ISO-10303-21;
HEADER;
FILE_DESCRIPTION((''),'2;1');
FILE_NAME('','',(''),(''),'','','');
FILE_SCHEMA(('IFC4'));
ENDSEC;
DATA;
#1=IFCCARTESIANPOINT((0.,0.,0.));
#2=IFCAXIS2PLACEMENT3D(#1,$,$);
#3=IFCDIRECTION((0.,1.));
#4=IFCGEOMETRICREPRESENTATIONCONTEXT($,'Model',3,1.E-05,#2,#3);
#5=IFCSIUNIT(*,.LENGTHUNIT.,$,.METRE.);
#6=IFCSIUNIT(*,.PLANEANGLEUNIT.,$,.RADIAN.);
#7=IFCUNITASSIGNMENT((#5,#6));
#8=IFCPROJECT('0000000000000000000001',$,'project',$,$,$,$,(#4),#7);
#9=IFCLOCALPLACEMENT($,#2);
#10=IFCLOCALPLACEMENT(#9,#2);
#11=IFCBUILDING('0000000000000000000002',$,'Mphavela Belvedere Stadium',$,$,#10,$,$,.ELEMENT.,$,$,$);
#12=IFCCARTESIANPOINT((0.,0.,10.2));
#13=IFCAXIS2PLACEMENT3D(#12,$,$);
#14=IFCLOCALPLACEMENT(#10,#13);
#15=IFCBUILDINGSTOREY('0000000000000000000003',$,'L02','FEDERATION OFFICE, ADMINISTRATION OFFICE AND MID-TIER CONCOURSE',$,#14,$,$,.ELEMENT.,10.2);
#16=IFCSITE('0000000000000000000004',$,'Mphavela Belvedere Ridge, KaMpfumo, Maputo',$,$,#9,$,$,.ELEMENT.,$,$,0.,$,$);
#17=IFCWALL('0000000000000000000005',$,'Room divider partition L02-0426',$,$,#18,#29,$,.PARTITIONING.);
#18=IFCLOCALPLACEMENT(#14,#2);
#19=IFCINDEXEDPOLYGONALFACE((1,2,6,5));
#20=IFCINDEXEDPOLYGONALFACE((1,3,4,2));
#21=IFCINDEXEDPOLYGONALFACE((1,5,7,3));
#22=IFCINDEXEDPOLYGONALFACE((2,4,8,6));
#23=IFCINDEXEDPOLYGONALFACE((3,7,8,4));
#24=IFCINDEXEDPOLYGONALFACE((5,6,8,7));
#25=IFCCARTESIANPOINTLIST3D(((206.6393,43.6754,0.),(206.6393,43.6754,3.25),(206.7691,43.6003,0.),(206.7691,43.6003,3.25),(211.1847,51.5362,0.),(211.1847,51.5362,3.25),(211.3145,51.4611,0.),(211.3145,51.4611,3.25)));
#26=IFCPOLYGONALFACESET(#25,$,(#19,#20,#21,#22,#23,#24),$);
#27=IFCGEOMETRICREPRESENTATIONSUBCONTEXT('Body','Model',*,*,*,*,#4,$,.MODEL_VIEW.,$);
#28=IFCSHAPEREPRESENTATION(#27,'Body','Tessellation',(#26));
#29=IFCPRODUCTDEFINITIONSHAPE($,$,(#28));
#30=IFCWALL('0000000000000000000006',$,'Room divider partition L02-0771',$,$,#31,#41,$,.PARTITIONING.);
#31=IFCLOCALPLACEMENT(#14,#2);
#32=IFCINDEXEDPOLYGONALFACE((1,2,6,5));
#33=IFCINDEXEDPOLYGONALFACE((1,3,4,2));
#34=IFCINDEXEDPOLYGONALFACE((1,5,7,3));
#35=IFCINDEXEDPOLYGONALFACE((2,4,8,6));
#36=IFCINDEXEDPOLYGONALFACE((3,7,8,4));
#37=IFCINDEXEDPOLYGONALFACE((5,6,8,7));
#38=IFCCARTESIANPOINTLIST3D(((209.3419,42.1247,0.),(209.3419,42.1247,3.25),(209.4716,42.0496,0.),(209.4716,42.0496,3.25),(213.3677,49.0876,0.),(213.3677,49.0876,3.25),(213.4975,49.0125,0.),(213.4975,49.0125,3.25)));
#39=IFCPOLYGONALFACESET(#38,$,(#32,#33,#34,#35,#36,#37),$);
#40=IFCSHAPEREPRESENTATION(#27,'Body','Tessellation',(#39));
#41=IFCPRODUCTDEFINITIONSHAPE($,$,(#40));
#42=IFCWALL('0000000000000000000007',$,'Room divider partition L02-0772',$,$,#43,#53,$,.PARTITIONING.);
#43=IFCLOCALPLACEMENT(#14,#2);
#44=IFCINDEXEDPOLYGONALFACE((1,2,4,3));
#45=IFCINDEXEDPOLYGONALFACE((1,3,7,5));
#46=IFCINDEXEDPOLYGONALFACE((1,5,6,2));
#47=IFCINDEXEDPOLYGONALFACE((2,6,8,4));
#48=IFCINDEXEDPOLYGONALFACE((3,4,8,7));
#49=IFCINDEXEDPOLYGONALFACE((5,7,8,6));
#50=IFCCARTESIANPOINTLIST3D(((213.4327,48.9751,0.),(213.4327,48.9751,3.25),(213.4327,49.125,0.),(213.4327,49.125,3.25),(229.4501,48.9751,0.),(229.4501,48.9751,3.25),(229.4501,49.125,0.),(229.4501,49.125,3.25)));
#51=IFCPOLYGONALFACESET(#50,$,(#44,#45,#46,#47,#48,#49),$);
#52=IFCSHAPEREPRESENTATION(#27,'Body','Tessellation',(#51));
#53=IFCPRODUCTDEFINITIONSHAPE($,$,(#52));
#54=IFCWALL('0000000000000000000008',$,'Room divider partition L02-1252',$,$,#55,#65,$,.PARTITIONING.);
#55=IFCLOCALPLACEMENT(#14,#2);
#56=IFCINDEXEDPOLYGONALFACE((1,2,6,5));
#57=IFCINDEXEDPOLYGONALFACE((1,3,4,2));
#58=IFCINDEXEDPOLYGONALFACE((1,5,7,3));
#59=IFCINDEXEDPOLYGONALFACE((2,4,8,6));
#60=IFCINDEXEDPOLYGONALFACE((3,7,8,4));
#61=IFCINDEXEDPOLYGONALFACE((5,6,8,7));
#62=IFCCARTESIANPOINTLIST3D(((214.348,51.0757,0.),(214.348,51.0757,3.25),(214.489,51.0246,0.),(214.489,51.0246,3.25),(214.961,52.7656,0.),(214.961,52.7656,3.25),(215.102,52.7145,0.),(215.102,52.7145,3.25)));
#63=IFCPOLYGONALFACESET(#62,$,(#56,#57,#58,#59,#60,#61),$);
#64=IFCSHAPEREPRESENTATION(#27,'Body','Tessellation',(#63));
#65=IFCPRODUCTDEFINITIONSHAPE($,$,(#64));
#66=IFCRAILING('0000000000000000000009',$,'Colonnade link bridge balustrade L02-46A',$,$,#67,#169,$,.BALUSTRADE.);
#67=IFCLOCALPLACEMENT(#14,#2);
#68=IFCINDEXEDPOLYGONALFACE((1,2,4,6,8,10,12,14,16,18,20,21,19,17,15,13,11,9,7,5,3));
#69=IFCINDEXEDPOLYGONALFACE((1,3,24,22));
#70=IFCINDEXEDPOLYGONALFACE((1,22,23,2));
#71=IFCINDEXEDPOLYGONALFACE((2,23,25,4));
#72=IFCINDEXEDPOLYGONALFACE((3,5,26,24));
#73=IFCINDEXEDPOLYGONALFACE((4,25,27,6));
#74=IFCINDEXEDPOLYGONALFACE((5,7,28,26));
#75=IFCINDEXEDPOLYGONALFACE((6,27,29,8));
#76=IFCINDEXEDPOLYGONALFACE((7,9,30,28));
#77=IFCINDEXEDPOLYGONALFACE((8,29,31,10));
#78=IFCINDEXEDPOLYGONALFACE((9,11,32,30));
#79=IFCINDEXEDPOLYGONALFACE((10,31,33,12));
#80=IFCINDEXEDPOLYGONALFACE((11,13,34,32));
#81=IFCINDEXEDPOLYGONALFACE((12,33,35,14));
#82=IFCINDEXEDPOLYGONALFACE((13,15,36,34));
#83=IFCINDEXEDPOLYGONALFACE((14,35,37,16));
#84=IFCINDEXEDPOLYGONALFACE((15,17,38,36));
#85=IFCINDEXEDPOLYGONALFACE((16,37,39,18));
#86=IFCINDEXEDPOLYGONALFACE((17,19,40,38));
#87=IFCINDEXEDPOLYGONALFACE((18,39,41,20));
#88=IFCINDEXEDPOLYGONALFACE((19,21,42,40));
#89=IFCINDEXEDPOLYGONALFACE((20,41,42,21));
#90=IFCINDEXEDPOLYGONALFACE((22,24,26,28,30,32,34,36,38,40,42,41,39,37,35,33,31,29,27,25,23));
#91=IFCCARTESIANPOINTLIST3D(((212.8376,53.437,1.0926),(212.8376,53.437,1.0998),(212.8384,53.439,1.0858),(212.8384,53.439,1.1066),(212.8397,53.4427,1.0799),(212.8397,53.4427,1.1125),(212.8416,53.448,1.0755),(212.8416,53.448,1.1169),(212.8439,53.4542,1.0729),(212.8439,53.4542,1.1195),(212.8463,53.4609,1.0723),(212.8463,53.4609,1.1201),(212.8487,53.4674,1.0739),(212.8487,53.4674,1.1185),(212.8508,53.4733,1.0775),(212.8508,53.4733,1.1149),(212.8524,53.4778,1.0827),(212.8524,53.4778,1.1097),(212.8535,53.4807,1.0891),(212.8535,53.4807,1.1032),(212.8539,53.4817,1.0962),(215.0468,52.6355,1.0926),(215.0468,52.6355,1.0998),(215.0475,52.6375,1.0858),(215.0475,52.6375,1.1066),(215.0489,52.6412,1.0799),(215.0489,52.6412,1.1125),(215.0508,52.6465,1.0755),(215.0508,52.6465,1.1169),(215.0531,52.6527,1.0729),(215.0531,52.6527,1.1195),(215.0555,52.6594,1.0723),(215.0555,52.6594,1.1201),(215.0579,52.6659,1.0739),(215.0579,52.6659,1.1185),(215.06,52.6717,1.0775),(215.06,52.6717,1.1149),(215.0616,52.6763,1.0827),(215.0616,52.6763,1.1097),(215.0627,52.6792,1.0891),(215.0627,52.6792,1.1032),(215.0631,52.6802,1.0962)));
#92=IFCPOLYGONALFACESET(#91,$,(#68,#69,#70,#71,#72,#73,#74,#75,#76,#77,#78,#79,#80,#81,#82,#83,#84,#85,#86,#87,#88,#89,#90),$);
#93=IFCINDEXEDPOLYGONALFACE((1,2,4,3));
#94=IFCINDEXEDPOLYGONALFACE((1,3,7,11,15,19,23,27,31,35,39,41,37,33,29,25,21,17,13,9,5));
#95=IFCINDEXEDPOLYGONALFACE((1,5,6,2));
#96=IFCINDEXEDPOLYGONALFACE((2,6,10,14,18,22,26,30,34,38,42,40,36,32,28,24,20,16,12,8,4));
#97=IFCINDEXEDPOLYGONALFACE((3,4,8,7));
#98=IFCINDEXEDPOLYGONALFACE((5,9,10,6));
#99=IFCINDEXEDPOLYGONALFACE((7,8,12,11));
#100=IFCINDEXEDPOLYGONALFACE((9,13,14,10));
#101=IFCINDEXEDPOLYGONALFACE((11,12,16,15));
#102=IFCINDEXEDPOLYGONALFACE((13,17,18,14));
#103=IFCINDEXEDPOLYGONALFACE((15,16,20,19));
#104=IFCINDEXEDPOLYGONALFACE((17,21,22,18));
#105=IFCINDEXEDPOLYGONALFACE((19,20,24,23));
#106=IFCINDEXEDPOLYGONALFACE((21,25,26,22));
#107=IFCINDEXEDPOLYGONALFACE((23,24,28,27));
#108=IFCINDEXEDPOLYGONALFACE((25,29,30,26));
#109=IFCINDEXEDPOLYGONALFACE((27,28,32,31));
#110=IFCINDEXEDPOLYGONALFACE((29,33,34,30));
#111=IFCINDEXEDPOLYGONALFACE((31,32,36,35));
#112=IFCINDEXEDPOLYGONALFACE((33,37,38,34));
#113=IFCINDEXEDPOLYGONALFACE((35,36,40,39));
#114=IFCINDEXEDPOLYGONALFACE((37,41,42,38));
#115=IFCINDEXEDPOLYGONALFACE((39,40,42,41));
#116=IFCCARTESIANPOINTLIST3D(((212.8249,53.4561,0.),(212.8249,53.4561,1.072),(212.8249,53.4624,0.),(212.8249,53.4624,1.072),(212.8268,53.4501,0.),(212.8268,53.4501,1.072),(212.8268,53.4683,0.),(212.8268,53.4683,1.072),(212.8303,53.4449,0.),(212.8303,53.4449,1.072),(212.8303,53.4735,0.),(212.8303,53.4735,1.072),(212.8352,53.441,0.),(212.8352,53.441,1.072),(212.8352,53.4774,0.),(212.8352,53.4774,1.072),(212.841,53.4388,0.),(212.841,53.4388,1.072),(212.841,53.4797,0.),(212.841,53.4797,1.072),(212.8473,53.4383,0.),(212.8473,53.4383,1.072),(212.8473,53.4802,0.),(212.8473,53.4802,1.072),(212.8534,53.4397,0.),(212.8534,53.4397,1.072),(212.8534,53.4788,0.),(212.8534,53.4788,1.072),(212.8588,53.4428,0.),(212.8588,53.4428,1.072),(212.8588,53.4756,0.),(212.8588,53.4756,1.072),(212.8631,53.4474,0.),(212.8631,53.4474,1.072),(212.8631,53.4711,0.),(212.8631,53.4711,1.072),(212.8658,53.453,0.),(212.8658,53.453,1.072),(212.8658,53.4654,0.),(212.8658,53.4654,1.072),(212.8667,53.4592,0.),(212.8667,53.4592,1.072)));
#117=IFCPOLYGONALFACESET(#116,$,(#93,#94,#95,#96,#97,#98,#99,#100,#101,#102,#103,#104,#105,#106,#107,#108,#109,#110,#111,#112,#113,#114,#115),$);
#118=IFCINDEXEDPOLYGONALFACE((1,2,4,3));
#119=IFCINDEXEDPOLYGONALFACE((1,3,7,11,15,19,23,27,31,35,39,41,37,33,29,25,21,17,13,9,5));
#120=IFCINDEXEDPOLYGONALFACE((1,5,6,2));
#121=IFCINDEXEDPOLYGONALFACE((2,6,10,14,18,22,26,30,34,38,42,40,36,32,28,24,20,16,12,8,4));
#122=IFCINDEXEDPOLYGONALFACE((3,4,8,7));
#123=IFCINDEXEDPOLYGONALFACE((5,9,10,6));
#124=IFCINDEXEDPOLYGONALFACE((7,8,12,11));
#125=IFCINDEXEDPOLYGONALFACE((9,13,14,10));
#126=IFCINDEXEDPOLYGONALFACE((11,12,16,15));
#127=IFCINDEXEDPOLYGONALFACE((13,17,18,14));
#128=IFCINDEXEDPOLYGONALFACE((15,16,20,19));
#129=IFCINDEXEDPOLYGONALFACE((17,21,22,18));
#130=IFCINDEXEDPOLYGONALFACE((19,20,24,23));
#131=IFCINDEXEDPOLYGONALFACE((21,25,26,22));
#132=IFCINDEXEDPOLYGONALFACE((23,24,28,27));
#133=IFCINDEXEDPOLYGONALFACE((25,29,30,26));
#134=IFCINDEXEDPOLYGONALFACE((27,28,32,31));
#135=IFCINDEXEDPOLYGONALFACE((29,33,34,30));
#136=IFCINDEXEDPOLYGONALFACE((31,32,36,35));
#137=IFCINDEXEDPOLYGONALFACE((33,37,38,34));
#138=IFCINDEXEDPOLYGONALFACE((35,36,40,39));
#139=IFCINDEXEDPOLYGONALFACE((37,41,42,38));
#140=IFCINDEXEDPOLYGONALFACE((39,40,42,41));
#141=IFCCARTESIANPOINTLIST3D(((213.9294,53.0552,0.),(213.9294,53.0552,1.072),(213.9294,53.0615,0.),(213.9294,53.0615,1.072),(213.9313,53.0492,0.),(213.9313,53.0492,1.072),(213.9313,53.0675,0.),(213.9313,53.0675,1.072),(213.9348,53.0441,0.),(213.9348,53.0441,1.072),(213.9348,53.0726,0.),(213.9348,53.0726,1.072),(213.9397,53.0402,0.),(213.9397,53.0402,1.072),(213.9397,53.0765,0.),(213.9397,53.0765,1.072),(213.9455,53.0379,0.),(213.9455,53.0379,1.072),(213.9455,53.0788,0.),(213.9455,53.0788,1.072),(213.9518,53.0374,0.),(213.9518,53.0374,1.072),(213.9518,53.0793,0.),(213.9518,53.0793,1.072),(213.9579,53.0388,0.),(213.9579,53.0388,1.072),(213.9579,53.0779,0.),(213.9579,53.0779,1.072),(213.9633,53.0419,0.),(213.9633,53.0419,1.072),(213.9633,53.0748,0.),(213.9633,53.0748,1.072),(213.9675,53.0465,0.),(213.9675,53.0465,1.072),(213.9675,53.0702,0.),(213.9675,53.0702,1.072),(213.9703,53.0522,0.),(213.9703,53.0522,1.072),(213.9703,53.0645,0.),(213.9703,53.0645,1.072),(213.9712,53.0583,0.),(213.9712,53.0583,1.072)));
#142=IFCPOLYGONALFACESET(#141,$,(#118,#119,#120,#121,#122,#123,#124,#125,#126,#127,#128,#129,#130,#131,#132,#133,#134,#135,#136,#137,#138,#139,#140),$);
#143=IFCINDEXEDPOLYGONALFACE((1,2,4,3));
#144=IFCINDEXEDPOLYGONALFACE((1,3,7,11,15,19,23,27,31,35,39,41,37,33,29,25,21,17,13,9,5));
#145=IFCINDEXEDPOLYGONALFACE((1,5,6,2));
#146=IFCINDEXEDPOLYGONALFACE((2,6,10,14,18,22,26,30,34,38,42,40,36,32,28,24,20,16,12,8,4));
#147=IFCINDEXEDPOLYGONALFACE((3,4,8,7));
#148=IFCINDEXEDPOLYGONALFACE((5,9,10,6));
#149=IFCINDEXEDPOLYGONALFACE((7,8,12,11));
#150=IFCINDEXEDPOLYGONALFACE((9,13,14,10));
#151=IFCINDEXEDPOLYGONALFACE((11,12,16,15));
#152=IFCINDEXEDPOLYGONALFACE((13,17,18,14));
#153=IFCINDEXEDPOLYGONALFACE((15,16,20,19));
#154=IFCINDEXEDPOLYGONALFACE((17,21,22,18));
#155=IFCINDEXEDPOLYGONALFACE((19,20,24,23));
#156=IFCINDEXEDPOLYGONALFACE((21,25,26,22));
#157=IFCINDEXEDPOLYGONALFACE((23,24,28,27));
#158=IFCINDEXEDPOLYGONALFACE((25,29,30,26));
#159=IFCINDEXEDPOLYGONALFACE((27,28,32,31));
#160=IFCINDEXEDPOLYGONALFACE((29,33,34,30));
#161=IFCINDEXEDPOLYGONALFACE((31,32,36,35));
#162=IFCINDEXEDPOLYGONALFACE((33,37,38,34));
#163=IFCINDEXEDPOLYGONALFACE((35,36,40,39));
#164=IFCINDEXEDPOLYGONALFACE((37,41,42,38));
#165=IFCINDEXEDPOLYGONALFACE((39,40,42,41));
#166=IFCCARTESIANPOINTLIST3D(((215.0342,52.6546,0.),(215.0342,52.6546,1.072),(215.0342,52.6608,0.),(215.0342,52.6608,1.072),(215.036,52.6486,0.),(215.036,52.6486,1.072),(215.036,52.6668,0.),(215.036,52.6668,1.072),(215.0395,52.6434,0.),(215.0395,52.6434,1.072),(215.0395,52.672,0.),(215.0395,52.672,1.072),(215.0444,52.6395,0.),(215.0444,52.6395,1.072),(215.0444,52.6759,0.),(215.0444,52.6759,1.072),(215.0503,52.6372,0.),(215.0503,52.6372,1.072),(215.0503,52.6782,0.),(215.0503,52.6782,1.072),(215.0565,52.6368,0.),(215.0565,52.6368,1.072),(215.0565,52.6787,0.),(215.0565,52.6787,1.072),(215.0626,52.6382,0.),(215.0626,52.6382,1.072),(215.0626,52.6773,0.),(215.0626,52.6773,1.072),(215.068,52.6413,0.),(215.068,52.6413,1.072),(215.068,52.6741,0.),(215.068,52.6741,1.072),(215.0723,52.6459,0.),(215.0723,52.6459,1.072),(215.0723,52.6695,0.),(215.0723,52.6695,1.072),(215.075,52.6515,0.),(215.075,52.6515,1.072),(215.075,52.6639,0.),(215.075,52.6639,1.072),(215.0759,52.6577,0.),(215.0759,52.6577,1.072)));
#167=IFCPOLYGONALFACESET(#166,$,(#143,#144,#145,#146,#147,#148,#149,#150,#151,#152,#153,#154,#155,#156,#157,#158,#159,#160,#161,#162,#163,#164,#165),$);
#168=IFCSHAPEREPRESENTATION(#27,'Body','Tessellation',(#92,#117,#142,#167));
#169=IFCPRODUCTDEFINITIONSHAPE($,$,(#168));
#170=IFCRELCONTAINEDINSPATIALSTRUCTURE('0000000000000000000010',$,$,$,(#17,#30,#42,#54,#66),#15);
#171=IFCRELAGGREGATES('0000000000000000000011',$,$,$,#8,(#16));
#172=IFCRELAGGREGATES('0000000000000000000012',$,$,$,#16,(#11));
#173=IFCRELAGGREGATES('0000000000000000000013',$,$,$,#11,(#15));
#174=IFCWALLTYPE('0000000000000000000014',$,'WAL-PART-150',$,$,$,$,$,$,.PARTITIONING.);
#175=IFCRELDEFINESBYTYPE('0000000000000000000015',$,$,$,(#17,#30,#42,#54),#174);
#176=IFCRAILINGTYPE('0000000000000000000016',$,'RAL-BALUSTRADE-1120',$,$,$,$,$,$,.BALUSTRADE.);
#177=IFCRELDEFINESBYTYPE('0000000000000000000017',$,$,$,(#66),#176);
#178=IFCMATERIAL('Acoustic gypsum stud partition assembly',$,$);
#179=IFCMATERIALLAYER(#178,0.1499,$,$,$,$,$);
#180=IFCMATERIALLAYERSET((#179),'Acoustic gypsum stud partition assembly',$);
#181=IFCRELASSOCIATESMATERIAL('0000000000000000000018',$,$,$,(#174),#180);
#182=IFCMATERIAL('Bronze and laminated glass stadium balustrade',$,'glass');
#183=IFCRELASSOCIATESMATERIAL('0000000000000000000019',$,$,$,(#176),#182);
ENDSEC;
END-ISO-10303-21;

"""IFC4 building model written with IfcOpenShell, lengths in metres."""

from ifc_helpers import new_model, si_unit, direction, frame, frame_2d, origin, origin_2d, place, context, subcontext, project, spatial, rectangle, circle, extrude, material, layer, layer_set, type_object, element, save


model = new_model("IFC4")

# Units and contexts
model_context = context("Model", 3, precision=1e-05, world=origin(), true_north=direction((0.0, 1.0)))
body_context = subcontext(model_context, "Body", "Model", "MODEL_VIEW")
ifc_project = project(units=[si_unit("LENGTHUNIT", "METRE"), si_unit("PLANEANGLEUNIT", "RADIAN")], contexts=[model_context])

# Site, building, storey
site_placement = place(None, origin())
site = spatial("IfcSite", under=ifc_project, at=site_placement, Name="Mphavela Belvedere Ridge, KaMpfumo, Maputo", CompositionType="ELEMENT", RefElevation=0.0)
building_placement = place(site_placement, origin())
building = spatial("IfcBuilding", under=site, at=building_placement, Name="Mphavela Belvedere Stadium", CompositionType="ELEMENT")
storey_placement = place(building_placement, frame((0.0, 0.0, 10.2)))
storey = spatial("IfcBuildingStorey", under=building, at=storey_placement, Name="L02", Description="FEDERATION OFFICE, ADMINISTRATION OFFICE AND MID-TIER CONCOURSE", CompositionType="ELEMENT", Elevation=10.2)

# Shared definitions
ifc_material_1 = material(Name="Acoustic gypsum stud partition assembly")
ifc_layer_1 = layer(ifc_material_1, 0.1499)
ifc_layer_set_1 = layer_set([ifc_layer_1], Name="Acoustic gypsum stud partition assembly")
wall_type_1 = type_object("IfcWallType", Name="WAL-PART-150", PredefinedType="PARTITIONING", material=ifc_layer_set_1)

# Walls
wall_1_placement = place(storey_placement, frame((211.2495, 51.4985, 0.0), z_axis=(0.0, 0.0, 1.0), x_axis=(-0.500574, -0.865694, 0.0)))
element("IfcWall", 1, at=wall_1_placement, inside=storey, type_object=wall_type_1, Name="Room divider partition L02-0426", PredefinedType="PARTITIONING", context=body_context, shape_type="SweptSolid", body=[
    extrude(rectangle(XDim=9.0803, YDim=0.1499, at=frame_2d((4.54, 0.0))), origin(), (0.0, 0.0, 1.0), 3.25),
])
wall_2_placement = place(storey_placement, frame((209.4067, 42.0872, 0.0), z_axis=(0.0, 0.0, 1.0), x_axis=(0.500546, 0.86571, 0.0)))
element("IfcWall", 2, at=wall_2_placement, inside=storey, type_object=wall_type_1, Name="Room divider partition L02-0771", PredefinedType="PARTITIONING", context=body_context, shape_type="SweptSolid", body=[
    extrude(rectangle(XDim=8.043, YDim=0.1499, at=frame_2d((4.0215, 0.0))), origin(), (0.0, 0.0, 1.0), 3.25),
])
wall_3_placement = place(storey_placement, frame((213.4326, 49.05, 0.0), z_axis=(0.0, 0.0, 1.0), x_axis=(1.0, 0.0, 0.0)))
element("IfcWall", 3, at=wall_3_placement, inside=storey, type_object=wall_type_1, Name="Room divider partition L02-0772", PredefinedType="PARTITIONING", context=body_context, shape_type="SweptSolid", body=[
    extrude(rectangle(XDim=16.0173, YDim=0.1499, at=frame_2d((8.0088, 0.0))), origin(), (0.0, 0.0, 1.0), 3.25),
])
wall_4_placement = place(storey_placement, frame((214.4185, 51.05, 0.0), z_axis=(0.0, 0.0, 1.0), x_axis=(0.341012, 0.940059, 0.0)))
element("IfcWall", 4, at=wall_4_placement, inside=storey, type_object=wall_type_1, Name="Room divider partition L02-1252", PredefinedType="PARTITIONING", context=body_context, shape_type="SweptSolid", body=[
    extrude(rectangle(XDim=1.7976, YDim=0.1499, at=frame_2d((0.8989, 0.0))), origin(), (0.0, 0.0, 1.0), 3.25),
])

# Railing
ifc_material_2 = material(Name="Bronze and laminated glass stadium balustrade", Category="glass")
railing_type = type_object("IfcRailingType", Name="RAL-BALUSTRADE-1120", PredefinedType="BALUSTRADE", material=ifc_material_2)
railing_1_placement = place(storey_placement, frame((212.8457, 53.4592, 0.0)))
element("IfcRailing", 5, at=railing_1_placement, inside=storey, type_object=railing_type, Name="Colonnade link bridge balustrade L02-46A", PredefinedType="BALUSTRADE", context=body_context, shape_type="SweptSolid", body=[
    extrude(circle(Radius=0.0239, at=origin_2d()), frame((0.0, 0.0, 1.0962), z_axis=(0.940045, -0.341051, 0.0), x_axis=(0.341051, 0.940045, 0.0)), (0.0, 0.0, 1.0), 2.3501),
    extrude(circle(Radius=0.021, at=origin_2d()), origin(), (0.0, 0.0, 1.0), 1.072),
    extrude(circle(Radius=0.021, at=origin_2d()), frame((1.1045, -0.4009, 0.0)), (0.0, 0.0, 1.0), 1.072),
    extrude(circle(Radius=0.021, at=origin_2d()), frame((2.2092, -0.8015, 0.0)), (0.0, 0.0, 1.0), 1.072),
])

save(model, "model.ifc")
